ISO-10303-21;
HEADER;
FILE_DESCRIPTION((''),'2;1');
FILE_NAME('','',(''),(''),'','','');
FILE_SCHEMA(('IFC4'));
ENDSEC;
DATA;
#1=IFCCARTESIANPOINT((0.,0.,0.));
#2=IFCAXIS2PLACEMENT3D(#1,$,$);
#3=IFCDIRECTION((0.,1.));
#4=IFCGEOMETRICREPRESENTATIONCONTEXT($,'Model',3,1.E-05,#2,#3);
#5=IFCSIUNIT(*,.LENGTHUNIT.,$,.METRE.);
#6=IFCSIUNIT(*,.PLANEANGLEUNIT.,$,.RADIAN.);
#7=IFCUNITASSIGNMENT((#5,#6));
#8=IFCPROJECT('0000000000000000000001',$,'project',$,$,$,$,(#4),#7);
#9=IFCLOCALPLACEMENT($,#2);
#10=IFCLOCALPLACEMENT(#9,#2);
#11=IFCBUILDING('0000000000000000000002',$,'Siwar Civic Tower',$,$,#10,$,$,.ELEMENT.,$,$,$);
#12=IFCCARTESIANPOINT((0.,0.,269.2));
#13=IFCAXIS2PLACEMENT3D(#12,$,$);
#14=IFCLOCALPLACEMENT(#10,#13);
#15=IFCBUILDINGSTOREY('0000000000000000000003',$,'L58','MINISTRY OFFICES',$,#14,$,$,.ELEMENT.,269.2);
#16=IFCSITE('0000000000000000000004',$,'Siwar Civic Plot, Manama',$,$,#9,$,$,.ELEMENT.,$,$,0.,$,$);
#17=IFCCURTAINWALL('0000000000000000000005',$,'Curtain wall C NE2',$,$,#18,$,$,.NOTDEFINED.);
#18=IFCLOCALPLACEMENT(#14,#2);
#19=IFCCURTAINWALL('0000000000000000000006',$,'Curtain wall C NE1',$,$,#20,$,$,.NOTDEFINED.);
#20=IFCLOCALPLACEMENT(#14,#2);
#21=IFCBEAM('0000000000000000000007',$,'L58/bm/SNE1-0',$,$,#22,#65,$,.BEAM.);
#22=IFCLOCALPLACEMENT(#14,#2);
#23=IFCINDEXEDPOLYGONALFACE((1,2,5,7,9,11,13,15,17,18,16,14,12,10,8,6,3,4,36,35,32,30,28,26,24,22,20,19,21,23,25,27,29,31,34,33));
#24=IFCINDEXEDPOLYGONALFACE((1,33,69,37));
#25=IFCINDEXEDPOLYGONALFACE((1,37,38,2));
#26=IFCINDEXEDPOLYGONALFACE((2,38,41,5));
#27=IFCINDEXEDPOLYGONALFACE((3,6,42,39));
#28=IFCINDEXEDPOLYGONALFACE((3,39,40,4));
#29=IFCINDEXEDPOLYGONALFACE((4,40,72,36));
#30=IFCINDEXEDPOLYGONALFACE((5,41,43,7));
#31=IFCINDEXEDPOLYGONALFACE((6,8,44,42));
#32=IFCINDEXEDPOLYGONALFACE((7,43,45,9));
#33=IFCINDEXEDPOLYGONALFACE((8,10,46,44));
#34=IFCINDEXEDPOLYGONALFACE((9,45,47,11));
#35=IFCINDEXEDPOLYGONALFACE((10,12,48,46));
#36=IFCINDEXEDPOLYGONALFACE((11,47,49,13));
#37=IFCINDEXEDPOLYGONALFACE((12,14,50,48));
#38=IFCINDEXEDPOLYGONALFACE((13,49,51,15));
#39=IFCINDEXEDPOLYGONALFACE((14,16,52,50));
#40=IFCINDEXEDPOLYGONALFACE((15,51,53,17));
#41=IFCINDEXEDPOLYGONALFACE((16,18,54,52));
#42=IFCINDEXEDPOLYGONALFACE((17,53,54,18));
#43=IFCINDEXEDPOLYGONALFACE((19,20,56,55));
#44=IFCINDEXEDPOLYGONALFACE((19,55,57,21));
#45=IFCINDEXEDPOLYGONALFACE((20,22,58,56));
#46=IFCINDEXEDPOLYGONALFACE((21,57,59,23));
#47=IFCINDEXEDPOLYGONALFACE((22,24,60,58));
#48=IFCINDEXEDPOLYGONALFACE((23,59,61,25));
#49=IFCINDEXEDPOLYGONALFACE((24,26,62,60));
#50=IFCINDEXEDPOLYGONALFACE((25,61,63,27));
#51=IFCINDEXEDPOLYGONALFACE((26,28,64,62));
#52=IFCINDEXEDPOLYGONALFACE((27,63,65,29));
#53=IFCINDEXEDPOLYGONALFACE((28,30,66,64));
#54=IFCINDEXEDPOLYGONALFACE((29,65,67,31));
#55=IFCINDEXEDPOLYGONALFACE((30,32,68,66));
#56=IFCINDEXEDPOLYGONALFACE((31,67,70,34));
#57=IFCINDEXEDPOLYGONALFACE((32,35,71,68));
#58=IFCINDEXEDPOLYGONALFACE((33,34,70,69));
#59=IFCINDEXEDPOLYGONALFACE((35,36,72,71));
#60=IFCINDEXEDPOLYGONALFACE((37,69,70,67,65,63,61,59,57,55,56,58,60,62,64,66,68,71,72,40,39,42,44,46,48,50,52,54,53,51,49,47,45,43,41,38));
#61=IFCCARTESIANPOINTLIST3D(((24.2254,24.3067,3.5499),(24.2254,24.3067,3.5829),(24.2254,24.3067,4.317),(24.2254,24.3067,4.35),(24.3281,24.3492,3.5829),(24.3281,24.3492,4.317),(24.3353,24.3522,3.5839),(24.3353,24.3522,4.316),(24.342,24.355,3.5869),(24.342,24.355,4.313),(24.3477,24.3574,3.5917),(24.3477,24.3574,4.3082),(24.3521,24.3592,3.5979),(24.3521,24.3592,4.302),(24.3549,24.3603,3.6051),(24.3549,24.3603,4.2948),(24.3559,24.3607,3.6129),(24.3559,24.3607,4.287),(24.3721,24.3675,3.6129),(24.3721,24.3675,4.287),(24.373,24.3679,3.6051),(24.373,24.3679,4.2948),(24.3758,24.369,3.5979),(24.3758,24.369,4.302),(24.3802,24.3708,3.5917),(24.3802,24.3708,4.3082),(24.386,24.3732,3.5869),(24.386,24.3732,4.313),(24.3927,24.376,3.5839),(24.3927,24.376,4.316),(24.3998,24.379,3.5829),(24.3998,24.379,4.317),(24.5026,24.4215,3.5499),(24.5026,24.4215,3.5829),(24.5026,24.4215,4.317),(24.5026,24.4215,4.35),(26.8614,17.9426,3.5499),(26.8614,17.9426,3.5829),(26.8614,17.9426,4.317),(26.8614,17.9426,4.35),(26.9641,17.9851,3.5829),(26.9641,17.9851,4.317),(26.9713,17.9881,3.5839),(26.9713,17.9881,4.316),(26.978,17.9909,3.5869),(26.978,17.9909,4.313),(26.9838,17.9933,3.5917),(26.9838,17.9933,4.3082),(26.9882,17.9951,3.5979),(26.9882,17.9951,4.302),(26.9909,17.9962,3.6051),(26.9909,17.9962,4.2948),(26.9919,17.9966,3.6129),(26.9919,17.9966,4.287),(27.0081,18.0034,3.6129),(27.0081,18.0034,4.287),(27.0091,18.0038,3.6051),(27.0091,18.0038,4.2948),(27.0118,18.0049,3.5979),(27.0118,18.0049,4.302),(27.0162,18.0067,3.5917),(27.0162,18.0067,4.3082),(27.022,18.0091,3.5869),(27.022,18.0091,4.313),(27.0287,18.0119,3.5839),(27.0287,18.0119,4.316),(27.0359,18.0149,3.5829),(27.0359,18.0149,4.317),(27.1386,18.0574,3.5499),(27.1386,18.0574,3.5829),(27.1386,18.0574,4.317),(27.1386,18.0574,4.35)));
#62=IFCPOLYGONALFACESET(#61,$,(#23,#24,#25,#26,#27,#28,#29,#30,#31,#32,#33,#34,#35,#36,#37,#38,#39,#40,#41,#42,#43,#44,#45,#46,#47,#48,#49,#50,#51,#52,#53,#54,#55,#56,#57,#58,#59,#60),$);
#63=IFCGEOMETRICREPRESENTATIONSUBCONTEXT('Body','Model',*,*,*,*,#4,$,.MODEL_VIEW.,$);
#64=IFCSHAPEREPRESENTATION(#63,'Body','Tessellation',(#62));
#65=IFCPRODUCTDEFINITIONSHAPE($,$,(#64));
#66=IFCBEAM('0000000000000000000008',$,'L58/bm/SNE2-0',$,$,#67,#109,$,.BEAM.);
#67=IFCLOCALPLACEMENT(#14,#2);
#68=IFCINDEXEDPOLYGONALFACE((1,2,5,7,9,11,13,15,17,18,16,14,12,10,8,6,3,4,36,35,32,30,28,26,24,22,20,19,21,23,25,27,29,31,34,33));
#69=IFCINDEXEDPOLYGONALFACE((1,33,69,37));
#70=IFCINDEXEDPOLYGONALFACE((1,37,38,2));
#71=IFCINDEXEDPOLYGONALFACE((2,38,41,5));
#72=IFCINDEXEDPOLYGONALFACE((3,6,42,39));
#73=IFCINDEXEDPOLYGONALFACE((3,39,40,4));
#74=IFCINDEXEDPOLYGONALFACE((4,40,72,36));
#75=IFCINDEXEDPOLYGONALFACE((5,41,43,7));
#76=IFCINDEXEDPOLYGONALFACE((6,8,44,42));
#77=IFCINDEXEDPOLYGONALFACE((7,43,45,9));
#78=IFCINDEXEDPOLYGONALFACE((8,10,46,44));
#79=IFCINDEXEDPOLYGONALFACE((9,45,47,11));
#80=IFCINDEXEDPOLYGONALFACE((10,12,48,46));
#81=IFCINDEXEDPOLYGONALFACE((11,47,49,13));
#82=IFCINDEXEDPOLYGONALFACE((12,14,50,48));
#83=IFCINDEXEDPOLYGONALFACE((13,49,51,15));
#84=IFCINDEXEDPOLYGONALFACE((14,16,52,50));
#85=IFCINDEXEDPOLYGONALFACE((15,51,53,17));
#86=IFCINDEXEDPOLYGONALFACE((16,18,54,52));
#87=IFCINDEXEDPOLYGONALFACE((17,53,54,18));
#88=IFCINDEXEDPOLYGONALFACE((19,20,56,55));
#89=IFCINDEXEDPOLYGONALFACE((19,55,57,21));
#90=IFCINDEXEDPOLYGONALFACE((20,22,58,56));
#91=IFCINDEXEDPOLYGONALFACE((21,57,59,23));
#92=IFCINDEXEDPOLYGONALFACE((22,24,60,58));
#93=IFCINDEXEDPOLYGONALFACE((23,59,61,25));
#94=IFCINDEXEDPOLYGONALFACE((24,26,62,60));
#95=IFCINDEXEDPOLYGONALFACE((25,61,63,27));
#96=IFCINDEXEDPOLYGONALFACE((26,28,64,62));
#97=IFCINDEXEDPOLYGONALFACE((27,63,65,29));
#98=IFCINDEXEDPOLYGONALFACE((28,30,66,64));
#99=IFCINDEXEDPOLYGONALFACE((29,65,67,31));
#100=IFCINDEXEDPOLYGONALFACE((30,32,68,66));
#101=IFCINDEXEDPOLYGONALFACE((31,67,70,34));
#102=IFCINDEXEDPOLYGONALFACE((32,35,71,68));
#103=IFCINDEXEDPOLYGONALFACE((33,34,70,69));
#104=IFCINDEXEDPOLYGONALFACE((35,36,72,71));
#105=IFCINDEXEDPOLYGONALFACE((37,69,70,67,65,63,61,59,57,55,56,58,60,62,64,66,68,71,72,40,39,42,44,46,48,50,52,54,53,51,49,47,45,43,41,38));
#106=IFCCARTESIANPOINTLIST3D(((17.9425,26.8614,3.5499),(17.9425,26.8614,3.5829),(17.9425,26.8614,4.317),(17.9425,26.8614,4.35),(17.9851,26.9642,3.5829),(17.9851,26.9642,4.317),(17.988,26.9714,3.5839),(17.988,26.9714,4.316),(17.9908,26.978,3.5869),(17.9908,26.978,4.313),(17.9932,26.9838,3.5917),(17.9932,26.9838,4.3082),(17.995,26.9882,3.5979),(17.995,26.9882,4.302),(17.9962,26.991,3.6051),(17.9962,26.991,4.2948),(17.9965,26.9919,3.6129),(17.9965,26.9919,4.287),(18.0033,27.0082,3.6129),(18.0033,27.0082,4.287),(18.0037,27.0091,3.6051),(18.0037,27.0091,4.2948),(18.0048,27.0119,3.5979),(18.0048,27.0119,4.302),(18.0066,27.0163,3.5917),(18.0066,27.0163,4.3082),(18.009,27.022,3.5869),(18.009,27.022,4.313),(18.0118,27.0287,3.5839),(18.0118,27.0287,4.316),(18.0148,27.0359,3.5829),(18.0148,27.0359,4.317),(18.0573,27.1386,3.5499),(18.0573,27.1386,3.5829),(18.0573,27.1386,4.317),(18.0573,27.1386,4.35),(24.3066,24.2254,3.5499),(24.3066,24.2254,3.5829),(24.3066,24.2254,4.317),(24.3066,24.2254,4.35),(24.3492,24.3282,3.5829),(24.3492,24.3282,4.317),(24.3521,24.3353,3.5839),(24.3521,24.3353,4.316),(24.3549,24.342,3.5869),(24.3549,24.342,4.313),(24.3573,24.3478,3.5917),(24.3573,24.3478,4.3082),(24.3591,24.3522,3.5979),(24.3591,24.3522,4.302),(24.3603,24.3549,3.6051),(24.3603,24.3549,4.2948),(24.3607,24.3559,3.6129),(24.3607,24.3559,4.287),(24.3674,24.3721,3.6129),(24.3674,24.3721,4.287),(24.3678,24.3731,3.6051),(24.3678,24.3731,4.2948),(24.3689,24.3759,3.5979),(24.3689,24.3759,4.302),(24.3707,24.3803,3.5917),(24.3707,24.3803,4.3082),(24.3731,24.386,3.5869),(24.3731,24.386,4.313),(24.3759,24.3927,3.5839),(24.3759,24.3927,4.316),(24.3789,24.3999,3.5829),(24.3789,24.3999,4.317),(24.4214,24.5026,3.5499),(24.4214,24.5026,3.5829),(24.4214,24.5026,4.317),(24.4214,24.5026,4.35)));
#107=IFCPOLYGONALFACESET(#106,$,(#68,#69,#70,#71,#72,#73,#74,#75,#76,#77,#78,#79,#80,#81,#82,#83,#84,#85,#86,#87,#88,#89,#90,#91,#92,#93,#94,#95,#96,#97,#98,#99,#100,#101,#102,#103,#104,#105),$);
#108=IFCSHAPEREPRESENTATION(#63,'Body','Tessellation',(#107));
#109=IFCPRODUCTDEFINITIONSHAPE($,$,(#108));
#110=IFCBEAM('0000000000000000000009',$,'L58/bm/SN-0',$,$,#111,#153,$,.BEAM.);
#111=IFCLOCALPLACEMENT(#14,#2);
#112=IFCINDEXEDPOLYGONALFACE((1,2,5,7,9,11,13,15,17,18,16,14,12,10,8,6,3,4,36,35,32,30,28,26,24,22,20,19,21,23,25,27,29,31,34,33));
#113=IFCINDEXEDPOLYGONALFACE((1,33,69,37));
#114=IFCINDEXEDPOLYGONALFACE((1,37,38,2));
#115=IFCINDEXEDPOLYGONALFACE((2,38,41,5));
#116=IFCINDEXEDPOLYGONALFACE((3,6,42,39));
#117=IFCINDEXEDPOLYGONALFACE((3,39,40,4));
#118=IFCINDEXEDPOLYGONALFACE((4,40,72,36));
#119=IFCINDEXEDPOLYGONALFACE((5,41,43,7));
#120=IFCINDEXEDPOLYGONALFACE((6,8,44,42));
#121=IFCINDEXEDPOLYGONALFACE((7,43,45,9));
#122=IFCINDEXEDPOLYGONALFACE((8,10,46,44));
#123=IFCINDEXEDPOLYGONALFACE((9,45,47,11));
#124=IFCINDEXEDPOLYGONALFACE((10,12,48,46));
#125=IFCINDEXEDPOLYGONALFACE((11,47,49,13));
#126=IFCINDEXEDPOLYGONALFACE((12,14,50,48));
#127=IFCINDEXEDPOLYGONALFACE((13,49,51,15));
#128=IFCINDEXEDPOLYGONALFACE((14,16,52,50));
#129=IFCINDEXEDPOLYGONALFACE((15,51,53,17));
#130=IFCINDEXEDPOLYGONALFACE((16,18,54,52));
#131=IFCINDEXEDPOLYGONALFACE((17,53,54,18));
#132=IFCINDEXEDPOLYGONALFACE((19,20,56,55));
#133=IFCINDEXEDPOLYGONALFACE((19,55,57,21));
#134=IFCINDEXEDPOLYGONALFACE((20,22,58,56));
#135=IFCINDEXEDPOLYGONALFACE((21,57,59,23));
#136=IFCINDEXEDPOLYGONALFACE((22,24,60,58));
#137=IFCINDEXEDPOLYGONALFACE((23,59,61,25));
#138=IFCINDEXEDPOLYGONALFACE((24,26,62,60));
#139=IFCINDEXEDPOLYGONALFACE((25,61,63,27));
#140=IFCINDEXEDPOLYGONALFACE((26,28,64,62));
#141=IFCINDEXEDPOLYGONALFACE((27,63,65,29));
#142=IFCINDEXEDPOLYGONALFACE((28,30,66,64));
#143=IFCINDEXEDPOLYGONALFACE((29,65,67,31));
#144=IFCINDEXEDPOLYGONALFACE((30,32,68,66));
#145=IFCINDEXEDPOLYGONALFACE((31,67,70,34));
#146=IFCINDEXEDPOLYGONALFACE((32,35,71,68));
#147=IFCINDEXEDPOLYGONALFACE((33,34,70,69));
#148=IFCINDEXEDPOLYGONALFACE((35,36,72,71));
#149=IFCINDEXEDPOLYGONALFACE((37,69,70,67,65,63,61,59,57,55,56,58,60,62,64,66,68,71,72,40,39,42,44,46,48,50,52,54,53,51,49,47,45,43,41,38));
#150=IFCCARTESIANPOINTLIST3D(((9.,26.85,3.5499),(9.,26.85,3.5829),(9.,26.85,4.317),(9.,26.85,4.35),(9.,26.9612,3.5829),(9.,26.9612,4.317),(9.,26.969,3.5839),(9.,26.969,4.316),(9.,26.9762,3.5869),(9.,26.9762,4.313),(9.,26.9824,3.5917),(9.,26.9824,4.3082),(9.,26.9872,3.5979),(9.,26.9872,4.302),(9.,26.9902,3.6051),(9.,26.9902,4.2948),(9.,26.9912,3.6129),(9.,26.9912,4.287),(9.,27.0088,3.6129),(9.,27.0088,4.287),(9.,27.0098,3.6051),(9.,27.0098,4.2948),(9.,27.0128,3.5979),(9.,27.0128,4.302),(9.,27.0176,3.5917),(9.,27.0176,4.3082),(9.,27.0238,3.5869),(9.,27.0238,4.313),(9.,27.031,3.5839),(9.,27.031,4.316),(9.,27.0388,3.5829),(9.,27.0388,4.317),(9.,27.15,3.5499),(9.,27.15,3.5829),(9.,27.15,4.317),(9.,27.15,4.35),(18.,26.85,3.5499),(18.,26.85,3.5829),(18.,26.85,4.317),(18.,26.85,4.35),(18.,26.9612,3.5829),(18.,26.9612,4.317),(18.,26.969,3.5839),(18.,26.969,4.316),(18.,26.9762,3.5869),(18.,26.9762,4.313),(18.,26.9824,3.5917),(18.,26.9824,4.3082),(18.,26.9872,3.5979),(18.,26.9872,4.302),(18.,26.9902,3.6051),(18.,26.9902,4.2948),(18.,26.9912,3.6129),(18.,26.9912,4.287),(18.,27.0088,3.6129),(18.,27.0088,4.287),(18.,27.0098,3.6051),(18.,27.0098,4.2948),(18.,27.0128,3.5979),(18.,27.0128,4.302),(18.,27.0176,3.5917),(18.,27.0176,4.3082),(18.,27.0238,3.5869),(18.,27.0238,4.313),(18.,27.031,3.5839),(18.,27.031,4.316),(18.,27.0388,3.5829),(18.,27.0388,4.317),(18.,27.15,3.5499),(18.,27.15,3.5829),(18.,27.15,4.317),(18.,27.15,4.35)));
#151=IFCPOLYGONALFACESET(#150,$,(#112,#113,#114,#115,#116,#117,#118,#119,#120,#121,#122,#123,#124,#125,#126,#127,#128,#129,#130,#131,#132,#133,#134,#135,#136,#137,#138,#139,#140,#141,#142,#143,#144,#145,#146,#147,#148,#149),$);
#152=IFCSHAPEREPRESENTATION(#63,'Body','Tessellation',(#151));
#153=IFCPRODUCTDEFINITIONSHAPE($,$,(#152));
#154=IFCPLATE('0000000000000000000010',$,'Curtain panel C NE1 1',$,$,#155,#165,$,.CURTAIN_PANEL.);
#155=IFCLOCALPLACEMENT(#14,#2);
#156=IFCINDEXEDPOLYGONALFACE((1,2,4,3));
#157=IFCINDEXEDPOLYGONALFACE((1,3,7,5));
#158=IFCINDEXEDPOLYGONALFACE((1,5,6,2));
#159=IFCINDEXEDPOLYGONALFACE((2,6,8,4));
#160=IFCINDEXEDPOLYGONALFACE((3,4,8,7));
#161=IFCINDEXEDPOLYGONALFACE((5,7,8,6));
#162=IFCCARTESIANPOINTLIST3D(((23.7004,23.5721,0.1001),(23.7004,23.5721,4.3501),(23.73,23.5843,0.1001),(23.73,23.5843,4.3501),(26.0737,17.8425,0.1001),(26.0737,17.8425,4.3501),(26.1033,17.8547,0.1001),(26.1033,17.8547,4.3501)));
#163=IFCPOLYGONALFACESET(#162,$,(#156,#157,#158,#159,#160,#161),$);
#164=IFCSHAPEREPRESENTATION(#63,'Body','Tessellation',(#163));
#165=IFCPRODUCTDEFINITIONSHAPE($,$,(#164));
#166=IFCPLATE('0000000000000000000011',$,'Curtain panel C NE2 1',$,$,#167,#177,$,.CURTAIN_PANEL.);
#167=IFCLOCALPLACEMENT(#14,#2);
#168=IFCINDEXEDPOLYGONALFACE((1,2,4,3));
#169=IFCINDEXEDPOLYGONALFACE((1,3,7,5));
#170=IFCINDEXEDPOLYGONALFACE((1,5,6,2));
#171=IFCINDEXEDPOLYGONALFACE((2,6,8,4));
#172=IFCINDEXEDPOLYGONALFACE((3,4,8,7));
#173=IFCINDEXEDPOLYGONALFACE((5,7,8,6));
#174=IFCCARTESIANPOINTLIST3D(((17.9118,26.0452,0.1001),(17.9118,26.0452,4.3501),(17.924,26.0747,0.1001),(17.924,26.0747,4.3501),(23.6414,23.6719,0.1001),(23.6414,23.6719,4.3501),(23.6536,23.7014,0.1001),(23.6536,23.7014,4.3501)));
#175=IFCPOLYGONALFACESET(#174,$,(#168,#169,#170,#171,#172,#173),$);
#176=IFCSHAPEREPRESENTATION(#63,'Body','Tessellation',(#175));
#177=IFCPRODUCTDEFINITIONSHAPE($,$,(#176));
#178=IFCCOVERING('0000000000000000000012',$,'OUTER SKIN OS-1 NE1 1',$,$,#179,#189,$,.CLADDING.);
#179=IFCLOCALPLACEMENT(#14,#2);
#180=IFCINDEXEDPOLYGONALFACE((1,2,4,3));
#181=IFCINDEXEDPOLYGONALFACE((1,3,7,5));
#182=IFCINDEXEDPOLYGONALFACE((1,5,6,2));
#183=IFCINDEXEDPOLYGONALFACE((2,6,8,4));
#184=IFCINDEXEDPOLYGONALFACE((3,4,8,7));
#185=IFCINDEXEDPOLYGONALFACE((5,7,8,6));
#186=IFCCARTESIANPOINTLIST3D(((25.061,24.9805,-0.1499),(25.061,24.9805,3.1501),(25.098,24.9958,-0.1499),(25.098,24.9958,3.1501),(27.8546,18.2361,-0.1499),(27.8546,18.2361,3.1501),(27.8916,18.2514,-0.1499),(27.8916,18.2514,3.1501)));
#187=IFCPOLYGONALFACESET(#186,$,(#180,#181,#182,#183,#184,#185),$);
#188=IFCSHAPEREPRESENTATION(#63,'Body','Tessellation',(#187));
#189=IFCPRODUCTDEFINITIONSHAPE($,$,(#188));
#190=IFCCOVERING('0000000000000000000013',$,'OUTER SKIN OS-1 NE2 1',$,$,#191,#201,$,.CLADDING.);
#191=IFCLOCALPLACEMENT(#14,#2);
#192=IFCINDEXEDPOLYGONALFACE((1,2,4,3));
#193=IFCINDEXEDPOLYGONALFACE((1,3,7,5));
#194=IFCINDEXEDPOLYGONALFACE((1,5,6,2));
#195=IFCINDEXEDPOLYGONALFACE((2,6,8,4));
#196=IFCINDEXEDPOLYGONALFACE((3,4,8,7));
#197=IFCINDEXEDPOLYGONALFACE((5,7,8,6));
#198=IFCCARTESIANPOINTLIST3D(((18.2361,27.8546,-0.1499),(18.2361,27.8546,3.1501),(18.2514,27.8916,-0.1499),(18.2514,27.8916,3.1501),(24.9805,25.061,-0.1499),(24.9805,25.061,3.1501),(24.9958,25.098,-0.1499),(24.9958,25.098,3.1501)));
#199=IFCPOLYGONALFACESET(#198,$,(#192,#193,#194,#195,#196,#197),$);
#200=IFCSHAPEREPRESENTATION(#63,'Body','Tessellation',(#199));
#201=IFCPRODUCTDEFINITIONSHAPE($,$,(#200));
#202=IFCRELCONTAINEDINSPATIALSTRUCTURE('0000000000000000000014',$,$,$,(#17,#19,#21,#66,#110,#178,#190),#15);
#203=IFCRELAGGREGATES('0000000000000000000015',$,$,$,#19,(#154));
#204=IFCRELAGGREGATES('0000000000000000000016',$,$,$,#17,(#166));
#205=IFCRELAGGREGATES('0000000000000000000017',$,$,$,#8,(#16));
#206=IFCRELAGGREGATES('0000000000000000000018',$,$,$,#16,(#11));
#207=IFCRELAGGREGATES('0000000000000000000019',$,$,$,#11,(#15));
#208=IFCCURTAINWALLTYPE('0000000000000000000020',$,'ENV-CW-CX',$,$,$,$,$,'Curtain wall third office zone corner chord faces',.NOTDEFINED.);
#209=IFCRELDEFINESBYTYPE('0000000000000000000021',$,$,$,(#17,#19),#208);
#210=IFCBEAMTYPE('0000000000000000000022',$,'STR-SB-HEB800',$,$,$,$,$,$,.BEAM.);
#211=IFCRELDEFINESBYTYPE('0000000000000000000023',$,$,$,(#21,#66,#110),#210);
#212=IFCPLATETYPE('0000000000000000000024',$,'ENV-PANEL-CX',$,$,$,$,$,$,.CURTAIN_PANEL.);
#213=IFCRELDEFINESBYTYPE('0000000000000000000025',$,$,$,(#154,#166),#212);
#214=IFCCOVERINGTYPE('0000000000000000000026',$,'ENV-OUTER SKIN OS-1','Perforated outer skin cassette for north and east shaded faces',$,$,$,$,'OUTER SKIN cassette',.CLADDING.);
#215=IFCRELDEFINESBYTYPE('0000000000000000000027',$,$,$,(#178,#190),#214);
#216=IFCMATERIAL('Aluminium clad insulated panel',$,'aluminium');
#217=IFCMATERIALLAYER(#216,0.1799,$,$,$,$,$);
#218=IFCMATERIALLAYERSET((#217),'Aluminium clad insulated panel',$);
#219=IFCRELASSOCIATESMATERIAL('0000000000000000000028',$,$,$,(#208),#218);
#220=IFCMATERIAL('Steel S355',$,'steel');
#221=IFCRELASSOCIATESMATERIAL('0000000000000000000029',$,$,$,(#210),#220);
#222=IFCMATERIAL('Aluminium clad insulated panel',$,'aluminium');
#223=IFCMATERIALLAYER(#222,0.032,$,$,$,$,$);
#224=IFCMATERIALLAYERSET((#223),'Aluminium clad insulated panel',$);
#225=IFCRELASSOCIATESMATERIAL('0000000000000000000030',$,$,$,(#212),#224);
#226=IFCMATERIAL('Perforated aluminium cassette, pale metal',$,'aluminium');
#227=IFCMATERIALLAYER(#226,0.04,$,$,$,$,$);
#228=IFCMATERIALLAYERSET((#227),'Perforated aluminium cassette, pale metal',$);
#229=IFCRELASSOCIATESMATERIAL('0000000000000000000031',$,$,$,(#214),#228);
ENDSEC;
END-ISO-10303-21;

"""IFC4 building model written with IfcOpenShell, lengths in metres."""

from ifc_helpers import new_model, si_unit, direction, frame, origin, origin_2d, place, context, subcontext, project, spatial, rectangle, i_section, extrude, material, layer, layer_set, material_profile, profile_set, type_object, element, aggregate, save


model = new_model("IFC4")

# Units and contexts
model_context = context("Model", 3, precision=1e-05, world=origin(), true_north=direction((0.0, 1.0)))
body_context = subcontext(model_context, "Body", "Model", "MODEL_VIEW")
ifc_project = project(units=[si_unit("LENGTHUNIT", "METRE"), si_unit("PLANEANGLEUNIT", "RADIAN")], contexts=[model_context])

# Site, building, storey
site_placement = place(None, origin())
site = spatial("IfcSite", under=ifc_project, at=site_placement, Name="Siwar Civic Plot, Manama", CompositionType="ELEMENT", RefElevation=0.0)
building_placement = place(site_placement, origin())
building = spatial("IfcBuilding", under=site, at=building_placement, Name="Siwar Civic Tower", CompositionType="ELEMENT")
storey_placement = place(building_placement, frame((0.0, 0.0, 269.2)))
storey = spatial("IfcBuildingStorey", under=building, at=storey_placement, Name="L58", Description="MINISTRY OFFICES", CompositionType="ELEMENT", Elevation=269.2)

# Curtain walls
ifc_material_1 = material(Name="Aluminium clad insulated panel", Category="aluminium")
ifc_layer_1 = layer(ifc_material_1, 0.1799)
ifc_layer_set_1 = layer_set([ifc_layer_1], Name="Aluminium clad insulated panel")
curtain_wall_type_1 = type_object("IfcCurtainWallType", Name="ENV-CW-CX", ElementType="Curtain wall third office zone corner chord faces", PredefinedType="NOTDEFINED", material=ifc_layer_set_1)
curtain_wall_1_placement = place(storey_placement, origin())
curtain_wall_1 = element("IfcCurtainWall", 1, at=curtain_wall_1_placement, inside=storey, type_object=curtain_wall_type_1, Name="Curtain wall C NE2", PredefinedType="NOTDEFINED")
curtain_wall_2_placement = place(storey_placement, origin())
curtain_wall_2 = element("IfcCurtainWall", 2, at=curtain_wall_2_placement, inside=storey, type_object=curtain_wall_type_1, Name="Curtain wall C NE1", PredefinedType="NOTDEFINED")

# Beams
ifc_material_2 = material(Name="Steel S355", Category="steel")
ifc_material_profile_1 = material_profile(ifc_material_2, i_section(OverallWidth=0.3, OverallDepth=0.8, WebThickness=0.0176, FlangeThickness=0.033, FilletRadius=0.03, at=origin_2d()), Name="HEB800")
ifc_profile_set_1 = profile_set([ifc_material_profile_1], Name="Steel S355")
beam_type_1 = type_object("IfcBeamType", Name="STR-SB-HEB800", PredefinedType="BEAM", material=ifc_profile_set_1)
for number, where, z_axis, x_axis, name in (
    (3, (27.0, 18.0, 3.95), (-0.382674, 0.923883, 0.0), (-0.923883, -0.382674, 0.0), "L58/bm/SNE1-0"),
    (4, (24.364, 24.364, 3.95), (-0.923883, 0.382674, 0.0), (-0.382674, -0.923883, 0.0), "L58/bm/SNE2-0"),
):
    element("IfcBeam", number, at=place(storey_placement, frame(where, z_axis=z_axis, x_axis=x_axis)), inside=storey, type_object=beam_type_1, Name=name, PredefinedType="BEAM", context=body_context, shape_type="SweptSolid", body=[
        extrude(i_section(OverallWidth=0.3, OverallDepth=0.8, WebThickness=0.0176, FlangeThickness=0.033, FilletRadius=0.03, at=origin_2d()), origin(), (0.0, 0.0, 1.0), 6.8884),
    ])
beam_1_placement = place(storey_placement, frame((18.0, 27.0, 3.95), z_axis=(-1.0, 0.0, 0.0), x_axis=(0.0, -1.0, 0.0)))
element("IfcBeam", 5, at=beam_1_placement, inside=storey, type_object=beam_type_1, Name="L58/bm/SN-0", PredefinedType="BEAM", context=body_context, shape_type="SweptSolid", body=[
    extrude(i_section(OverallWidth=0.3, OverallDepth=0.8, WebThickness=0.0176, FlangeThickness=0.033, FilletRadius=0.03, at=origin_2d()), origin(), (0.0, 0.0, 1.0), 9.0),
])

# Plates
ifc_material_3 = material(Name="Aluminium clad insulated panel", Category="aluminium")
ifc_layer_2 = layer(ifc_material_3, 0.032)
ifc_layer_set_2 = layer_set([ifc_layer_2], Name="Aluminium clad insulated panel")
plate_type = type_object("IfcPlateType", Name="ENV-PANEL-CX", PredefinedType="CURTAIN_PANEL", material=ifc_layer_set_2)
plate_1_placement = place(storey_placement, frame((24.9019, 20.7134, 0.1001), z_axis=(0.0, 0.0, 1.0), x_axis=(-0.382683, 0.92388, 0.0)))
plate_1 = element("IfcPlate", 6, at=plate_1_placement, type_object=plate_type, Name="Curtain panel C NE1 1", PredefinedType="CURTAIN_PANEL", context=body_context, shape_type="SweptSolid", body=[
    extrude(rectangle(XDim=6.2017, YDim=0.032, at=origin_2d()), origin(), (0.0, 0.0, 1.0), 4.25),
])
aggregate(curtain_wall_2, [plate_1])
plate_2_placement = place(storey_placement, frame((20.7827, 24.8733, 0.1001), z_axis=(0.0, 0.0, 1.0), x_axis=(-0.92388, 0.382683, 0.0)))
plate_2 = element("IfcPlate", 7, at=plate_2_placement, type_object=plate_type, Name="Curtain panel C NE2 1", PredefinedType="CURTAIN_PANEL", context=body_context, shape_type="SweptSolid", body=[
    extrude(rectangle(XDim=6.2017, YDim=0.032, at=origin_2d()), origin(), (0.0, 0.0, 1.0), 4.25),
])
aggregate(curtain_wall_1, [plate_2])

# Coverings
ifc_material_4 = material(Name="Perforated aluminium cassette, pale metal", Category="aluminium")
ifc_layer_3 = layer(ifc_material_4, 0.04)
ifc_layer_set_3 = layer_set([ifc_layer_3], Name="Perforated aluminium cassette, pale metal")
covering_type = type_object("IfcCoveringType", Name="ENV-OUTER SKIN OS-1", Description="Perforated outer skin cassette for north and east shaded faces", ElementType="OUTER SKIN cassette", PredefinedType="CLADDING", material=ifc_layer_set_3)
for number, where, z_axis, x_axis, name in (
    (8, (26.4763, 21.616, -0.1499), (0.0, 0.0, 1.0), (-0.382683, 0.92388, 0.0), "OUTER SKIN OS-1 NE1 1"),
    (9, (21.616, 26.4763, -0.1499), (0.0, 0.0, 1.0), (-0.92388, 0.382683, 0.0), "OUTER SKIN OS-1 NE2 1"),
):
    element("IfcCovering", number, at=place(storey_placement, frame(where, z_axis=z_axis, x_axis=x_axis)), inside=storey, type_object=covering_type, Name=name, PredefinedType="CLADDING", context=body_context, shape_type="SweptSolid", body=[
        extrude(rectangle(XDim=7.3, YDim=0.04, at=origin_2d()), origin(), (0.0, 0.0, 1.0), 3.3),
    ])

save(model, "model.ifc")
